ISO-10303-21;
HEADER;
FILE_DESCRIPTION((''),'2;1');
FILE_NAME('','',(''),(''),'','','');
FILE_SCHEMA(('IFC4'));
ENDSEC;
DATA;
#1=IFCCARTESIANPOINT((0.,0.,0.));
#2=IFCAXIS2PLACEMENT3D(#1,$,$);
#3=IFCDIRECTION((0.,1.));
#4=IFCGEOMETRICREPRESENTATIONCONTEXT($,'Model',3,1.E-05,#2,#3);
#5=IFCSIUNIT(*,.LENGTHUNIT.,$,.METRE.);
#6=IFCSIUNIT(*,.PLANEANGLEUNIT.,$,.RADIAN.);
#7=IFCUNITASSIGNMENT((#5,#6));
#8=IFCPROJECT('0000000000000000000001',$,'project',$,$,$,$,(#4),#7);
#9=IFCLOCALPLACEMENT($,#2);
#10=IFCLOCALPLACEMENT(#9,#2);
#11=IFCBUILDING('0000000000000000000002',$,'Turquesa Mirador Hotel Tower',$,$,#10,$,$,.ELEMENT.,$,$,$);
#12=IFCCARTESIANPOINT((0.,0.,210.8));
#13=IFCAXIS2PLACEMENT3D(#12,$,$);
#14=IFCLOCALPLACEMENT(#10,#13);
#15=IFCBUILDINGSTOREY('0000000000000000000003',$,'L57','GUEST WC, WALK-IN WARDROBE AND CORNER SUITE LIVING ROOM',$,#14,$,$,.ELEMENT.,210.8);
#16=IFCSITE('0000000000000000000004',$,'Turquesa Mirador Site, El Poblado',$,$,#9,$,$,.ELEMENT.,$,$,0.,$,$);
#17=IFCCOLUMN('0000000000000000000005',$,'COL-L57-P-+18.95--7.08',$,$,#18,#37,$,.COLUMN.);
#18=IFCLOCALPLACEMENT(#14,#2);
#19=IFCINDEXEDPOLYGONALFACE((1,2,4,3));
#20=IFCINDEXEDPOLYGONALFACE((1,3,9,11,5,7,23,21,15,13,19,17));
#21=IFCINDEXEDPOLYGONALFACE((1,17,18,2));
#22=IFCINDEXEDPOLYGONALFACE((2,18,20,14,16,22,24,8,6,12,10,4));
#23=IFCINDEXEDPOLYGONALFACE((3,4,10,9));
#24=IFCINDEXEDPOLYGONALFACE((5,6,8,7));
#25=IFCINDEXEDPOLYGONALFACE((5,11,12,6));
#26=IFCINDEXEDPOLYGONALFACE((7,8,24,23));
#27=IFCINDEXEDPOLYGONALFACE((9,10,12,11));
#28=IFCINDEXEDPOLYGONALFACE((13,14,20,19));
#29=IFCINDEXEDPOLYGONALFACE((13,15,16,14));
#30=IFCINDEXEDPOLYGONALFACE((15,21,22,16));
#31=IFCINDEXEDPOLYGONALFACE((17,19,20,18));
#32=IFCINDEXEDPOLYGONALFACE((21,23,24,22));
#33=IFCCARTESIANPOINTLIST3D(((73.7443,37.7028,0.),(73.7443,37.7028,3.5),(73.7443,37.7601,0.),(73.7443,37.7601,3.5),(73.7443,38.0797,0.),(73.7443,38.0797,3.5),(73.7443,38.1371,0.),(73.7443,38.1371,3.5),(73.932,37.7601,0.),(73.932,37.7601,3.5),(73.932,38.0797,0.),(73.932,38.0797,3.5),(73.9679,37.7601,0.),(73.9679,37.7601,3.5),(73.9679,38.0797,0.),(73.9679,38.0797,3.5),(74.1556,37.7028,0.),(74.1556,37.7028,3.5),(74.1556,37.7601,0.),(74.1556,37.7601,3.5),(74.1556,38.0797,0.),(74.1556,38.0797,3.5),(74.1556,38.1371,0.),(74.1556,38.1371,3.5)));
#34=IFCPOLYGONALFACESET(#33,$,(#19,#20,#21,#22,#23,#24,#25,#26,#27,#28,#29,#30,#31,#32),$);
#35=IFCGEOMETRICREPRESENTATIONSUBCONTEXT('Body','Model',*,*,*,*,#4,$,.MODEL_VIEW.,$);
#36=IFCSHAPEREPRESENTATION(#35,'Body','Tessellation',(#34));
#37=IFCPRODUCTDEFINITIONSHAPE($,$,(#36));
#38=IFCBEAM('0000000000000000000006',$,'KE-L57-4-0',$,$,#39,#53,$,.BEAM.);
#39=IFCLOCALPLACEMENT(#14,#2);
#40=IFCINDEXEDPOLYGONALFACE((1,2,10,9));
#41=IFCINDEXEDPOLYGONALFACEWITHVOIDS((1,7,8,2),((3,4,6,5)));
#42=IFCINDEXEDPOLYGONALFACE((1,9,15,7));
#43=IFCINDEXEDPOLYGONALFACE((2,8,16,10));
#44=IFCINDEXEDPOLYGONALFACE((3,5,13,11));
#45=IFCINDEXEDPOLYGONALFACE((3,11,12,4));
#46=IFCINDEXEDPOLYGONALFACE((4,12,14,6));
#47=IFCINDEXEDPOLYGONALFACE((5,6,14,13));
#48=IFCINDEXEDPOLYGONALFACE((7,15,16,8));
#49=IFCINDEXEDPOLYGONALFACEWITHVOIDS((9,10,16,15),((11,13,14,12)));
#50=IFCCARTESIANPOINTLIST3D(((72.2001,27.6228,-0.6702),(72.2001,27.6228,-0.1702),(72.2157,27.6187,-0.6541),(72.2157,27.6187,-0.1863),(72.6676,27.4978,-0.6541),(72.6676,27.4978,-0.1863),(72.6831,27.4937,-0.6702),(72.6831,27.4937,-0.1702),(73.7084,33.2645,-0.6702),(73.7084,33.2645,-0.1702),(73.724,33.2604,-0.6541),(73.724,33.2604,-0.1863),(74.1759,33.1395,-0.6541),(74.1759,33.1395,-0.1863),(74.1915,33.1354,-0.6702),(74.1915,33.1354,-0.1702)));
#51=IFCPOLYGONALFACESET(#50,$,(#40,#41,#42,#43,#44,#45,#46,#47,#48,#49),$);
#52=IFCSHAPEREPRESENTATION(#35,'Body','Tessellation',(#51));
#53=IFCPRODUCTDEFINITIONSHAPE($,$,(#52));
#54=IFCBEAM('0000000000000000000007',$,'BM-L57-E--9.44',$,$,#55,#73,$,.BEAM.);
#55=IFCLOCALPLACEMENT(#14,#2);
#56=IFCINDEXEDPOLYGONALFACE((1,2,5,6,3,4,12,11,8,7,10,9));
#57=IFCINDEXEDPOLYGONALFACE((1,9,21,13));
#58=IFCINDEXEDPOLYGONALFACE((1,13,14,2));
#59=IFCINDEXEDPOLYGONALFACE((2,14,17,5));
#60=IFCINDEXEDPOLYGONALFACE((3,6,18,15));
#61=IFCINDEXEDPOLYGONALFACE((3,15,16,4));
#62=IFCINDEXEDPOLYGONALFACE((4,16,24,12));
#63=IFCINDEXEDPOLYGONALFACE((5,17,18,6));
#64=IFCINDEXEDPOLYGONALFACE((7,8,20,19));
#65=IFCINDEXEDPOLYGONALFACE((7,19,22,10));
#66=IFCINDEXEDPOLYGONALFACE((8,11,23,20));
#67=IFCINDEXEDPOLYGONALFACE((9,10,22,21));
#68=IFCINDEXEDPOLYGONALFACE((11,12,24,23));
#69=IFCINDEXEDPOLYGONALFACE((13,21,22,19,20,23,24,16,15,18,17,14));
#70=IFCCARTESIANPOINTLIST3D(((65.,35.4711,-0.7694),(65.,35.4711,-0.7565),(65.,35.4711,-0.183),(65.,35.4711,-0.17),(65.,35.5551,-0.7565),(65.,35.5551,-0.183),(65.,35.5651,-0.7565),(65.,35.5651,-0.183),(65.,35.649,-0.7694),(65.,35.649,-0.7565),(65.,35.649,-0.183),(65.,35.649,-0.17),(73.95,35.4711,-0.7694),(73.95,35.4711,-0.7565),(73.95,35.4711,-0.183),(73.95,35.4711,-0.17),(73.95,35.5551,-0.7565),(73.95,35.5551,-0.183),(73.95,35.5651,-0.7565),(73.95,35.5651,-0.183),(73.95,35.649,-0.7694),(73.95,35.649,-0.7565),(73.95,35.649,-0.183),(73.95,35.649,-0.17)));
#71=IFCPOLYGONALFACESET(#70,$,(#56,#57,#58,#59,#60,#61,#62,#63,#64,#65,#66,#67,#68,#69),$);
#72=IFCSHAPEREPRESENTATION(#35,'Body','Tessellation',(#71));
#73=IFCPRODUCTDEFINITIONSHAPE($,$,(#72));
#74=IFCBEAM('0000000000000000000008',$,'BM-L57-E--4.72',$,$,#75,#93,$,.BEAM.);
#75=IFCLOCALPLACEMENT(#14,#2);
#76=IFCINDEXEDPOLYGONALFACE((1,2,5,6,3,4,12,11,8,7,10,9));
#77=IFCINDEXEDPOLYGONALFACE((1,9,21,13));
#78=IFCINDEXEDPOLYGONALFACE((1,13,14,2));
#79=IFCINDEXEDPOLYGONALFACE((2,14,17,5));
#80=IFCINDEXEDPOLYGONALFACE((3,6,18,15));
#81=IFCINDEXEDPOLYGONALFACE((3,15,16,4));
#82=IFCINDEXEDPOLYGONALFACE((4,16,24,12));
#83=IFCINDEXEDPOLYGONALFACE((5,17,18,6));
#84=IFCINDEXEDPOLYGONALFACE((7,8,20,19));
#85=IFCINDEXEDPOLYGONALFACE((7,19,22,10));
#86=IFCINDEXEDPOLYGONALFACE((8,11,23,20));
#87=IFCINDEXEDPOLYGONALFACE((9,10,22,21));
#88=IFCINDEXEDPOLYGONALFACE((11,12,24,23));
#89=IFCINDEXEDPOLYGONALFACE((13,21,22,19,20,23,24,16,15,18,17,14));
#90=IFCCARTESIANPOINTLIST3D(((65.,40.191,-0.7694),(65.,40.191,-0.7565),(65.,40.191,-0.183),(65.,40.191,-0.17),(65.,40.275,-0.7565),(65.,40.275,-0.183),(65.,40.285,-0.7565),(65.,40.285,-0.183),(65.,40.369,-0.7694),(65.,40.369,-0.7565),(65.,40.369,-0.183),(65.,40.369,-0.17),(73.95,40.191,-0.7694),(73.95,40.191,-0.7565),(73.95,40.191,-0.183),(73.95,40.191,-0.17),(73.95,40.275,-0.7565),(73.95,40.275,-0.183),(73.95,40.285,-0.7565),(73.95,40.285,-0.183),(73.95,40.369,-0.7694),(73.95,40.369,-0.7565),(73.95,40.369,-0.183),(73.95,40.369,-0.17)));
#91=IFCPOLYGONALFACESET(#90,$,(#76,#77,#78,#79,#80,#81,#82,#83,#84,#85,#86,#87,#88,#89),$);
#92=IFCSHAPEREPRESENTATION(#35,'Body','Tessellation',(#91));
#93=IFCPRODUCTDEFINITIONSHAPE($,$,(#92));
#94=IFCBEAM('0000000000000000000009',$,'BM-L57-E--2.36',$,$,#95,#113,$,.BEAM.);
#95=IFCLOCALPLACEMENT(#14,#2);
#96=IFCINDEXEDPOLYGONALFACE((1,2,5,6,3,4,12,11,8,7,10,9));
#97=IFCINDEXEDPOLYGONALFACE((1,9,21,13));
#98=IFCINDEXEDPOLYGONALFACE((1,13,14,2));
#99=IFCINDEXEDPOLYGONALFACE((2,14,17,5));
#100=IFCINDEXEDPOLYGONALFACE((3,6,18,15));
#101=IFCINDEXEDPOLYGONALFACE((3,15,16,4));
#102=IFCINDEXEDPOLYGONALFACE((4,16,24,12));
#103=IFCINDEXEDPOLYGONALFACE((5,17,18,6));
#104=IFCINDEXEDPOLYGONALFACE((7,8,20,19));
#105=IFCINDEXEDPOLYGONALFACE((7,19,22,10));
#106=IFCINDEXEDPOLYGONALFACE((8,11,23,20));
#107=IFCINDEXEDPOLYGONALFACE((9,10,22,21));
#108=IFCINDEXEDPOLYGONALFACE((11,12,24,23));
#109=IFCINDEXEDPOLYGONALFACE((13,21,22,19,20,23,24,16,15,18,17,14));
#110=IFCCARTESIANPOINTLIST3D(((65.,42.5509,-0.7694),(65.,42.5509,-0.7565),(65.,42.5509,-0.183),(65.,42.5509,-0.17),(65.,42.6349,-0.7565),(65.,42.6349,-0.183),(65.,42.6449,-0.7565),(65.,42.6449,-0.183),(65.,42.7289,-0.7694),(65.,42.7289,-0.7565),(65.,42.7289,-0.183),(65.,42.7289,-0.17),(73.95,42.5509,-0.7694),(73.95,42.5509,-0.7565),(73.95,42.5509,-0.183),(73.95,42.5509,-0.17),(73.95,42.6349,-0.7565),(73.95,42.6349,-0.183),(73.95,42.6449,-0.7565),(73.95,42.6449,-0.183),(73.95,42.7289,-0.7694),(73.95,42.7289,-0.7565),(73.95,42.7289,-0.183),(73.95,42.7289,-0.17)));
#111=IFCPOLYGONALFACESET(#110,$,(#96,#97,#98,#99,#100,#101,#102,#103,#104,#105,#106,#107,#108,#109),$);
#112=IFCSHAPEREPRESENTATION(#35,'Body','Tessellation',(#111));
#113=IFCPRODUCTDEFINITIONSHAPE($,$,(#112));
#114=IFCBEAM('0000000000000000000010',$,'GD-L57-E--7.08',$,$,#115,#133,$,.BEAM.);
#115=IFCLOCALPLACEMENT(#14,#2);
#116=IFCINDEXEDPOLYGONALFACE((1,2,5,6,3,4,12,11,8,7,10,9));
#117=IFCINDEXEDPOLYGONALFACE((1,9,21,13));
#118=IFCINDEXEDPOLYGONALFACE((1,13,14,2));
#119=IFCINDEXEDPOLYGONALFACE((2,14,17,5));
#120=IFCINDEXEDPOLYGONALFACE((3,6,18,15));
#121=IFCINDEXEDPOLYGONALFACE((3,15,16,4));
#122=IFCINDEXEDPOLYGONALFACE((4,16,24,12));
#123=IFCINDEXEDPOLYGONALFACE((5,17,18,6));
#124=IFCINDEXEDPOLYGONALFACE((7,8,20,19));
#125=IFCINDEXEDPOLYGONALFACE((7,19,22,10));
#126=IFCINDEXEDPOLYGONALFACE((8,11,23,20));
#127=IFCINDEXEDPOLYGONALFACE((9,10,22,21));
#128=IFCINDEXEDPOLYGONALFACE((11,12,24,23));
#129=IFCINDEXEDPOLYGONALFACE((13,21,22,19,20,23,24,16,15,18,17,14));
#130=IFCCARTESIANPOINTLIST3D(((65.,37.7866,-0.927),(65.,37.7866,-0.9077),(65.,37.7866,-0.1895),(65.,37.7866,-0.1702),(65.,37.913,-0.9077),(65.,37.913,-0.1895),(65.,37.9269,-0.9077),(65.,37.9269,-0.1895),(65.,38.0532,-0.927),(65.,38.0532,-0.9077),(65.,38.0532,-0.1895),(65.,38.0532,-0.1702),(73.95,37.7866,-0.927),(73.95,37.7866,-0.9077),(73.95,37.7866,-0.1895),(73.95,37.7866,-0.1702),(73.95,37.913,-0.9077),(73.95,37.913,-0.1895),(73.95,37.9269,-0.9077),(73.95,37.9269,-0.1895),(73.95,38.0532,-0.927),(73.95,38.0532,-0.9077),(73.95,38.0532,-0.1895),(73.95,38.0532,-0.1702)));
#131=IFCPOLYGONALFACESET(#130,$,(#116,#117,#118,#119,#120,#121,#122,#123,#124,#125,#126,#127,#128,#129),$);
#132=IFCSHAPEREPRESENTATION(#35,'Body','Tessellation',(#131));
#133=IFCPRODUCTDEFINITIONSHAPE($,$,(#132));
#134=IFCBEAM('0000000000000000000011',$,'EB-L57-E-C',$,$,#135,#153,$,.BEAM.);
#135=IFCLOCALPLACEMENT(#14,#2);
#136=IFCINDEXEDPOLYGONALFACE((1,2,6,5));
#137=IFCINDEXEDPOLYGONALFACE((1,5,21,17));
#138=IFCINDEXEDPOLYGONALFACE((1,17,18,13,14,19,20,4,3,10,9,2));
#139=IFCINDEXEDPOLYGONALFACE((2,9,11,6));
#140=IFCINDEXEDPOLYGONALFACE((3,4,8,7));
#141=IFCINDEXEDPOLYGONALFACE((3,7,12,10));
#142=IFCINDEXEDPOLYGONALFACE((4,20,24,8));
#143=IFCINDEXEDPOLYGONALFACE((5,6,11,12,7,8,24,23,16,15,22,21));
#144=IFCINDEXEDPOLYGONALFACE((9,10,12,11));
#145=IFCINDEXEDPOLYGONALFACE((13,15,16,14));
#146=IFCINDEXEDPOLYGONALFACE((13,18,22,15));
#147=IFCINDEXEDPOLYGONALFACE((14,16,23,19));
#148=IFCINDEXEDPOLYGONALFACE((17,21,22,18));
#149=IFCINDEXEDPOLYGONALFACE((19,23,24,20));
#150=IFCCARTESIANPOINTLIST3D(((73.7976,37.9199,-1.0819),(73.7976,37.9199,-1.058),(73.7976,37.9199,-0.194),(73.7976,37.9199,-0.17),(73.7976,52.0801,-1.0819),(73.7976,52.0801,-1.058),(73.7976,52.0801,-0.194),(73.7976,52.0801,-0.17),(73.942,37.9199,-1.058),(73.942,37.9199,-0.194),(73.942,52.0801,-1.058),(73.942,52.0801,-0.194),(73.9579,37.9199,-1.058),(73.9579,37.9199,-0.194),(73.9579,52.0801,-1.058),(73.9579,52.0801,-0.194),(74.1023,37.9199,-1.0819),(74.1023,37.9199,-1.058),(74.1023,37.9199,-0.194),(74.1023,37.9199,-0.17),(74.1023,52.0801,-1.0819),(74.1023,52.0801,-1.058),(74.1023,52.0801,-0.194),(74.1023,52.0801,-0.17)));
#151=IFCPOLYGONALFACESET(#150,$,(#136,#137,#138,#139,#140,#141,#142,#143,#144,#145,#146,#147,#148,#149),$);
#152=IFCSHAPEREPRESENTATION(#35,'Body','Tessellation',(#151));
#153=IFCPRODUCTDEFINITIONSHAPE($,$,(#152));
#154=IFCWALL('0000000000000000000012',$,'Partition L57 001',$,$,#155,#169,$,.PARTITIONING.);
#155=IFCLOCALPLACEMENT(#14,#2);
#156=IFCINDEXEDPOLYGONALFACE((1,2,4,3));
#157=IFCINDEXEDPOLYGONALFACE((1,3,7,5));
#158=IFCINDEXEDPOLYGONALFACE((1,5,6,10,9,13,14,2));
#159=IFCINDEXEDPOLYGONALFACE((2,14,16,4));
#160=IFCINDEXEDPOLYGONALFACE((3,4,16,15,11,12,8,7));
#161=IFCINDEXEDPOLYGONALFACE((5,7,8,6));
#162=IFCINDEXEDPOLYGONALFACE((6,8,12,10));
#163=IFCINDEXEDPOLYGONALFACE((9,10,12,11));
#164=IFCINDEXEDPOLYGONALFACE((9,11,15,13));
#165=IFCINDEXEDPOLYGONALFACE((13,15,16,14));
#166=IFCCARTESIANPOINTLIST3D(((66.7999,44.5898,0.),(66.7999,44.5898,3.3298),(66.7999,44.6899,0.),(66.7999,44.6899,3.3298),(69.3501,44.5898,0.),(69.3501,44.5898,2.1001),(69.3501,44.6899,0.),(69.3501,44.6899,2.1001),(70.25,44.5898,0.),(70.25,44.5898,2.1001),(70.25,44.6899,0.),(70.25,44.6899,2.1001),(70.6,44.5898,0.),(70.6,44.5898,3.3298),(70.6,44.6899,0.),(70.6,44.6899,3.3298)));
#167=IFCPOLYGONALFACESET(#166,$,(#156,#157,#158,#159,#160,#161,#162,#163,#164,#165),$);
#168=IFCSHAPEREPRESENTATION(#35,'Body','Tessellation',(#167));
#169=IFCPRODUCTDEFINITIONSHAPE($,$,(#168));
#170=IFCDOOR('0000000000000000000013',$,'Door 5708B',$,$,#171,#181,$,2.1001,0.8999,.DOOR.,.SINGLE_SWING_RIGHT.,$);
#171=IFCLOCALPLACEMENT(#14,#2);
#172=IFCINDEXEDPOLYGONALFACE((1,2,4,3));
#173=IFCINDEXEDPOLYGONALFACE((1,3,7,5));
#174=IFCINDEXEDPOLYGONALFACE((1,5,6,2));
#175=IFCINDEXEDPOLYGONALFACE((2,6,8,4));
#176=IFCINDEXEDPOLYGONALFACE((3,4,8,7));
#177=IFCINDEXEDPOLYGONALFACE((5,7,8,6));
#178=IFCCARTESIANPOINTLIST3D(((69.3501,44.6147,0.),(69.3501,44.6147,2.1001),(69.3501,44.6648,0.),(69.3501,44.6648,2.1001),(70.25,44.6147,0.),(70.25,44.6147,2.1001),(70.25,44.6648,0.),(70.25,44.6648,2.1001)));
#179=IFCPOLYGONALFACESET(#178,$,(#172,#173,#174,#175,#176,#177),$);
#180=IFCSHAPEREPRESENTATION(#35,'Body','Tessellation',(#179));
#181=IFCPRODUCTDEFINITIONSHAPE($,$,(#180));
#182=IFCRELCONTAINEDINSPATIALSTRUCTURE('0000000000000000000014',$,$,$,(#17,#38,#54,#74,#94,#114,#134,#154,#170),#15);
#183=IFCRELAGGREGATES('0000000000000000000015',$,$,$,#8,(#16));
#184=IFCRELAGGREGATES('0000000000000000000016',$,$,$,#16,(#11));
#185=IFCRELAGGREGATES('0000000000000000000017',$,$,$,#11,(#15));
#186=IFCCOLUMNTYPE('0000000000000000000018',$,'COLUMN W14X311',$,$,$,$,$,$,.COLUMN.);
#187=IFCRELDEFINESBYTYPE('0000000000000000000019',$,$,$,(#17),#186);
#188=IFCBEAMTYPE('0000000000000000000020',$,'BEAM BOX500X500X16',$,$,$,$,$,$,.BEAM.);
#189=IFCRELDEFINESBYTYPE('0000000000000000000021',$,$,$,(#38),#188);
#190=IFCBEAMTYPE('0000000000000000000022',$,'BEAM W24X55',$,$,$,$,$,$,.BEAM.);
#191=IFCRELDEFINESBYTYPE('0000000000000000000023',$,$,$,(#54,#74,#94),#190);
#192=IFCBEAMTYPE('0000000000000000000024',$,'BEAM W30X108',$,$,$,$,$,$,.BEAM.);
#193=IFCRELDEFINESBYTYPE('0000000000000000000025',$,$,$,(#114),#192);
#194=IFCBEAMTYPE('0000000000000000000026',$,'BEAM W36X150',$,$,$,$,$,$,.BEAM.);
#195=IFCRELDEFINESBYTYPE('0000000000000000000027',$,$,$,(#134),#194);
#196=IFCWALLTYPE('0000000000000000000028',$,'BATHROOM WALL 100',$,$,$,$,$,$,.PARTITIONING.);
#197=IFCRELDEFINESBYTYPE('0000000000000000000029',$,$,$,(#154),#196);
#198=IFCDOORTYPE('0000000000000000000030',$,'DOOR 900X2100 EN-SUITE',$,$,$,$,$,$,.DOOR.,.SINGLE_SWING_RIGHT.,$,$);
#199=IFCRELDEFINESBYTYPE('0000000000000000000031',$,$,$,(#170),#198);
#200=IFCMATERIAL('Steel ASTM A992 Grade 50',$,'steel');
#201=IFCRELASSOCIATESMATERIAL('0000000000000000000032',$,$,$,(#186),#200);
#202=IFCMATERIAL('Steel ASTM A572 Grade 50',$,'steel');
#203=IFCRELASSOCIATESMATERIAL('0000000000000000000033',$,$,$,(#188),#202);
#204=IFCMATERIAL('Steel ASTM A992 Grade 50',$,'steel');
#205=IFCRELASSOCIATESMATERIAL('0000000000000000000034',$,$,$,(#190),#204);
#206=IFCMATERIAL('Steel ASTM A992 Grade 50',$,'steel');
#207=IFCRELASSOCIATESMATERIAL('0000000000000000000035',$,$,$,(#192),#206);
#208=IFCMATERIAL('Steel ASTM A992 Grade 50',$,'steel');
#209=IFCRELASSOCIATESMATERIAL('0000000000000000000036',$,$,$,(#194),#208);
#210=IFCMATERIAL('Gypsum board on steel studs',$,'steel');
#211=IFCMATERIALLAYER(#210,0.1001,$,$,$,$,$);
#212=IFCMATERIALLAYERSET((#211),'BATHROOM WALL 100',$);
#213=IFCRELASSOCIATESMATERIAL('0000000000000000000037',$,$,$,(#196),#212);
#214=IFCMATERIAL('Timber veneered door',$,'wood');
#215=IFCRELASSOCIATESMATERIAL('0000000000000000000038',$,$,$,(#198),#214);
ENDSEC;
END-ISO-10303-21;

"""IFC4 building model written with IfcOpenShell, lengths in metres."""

from ifc_helpers import new_model, si_unit, direction, frame, frame_2d, origin, origin_2d, place, context, subcontext, project, spatial, rectangle, hollow_rectangle, i_section, extrude, material, layer, layer_set, material_profile, profile_set, type_object, element, fill, save


model = new_model("IFC4")

# Units and contexts
model_context = context("Model", 3, precision=1e-05, world=origin(), true_north=direction((0.0, 1.0)))
body_context = subcontext(model_context, "Body", "Model", "MODEL_VIEW")
ifc_project = project(units=[si_unit("LENGTHUNIT", "METRE"), si_unit("PLANEANGLEUNIT", "RADIAN")], contexts=[model_context])

# Site, building, storey
site_placement = place(None, origin())
site = spatial("IfcSite", under=ifc_project, at=site_placement, Name="Turquesa Mirador Site, El Poblado", CompositionType="ELEMENT", RefElevation=0.0)
building_placement = place(site_placement, origin())
building = spatial("IfcBuilding", under=site, at=building_placement, Name="Turquesa Mirador Hotel Tower", CompositionType="ELEMENT")
storey_placement = place(building_placement, frame((0.0, 0.0, 210.8)))
storey = spatial("IfcBuildingStorey", under=building, at=storey_placement, Name="L57", Description="GUEST WC, WALK-IN WARDROBE AND CORNER SUITE LIVING ROOM", CompositionType="ELEMENT", Elevation=210.8)

# Column
ifc_material_1 = material(Name="Steel ASTM A992 Grade 50", Category="steel")
ifc_material_profile_1 = material_profile(ifc_material_1, i_section(OverallWidth=0.4114, OverallDepth=0.4343, WebThickness=0.0359, FlangeThickness=0.0574, at=origin_2d()), Name="W14X311")
ifc_profile_set_1 = profile_set([ifc_material_profile_1], Name="Steel ASTM A992 Grade 50")
column_type = type_object("IfcColumnType", Name="COLUMN W14X311", PredefinedType="COLUMN", material=ifc_profile_set_1)
column_placement = place(storey_placement, frame((73.95, 37.9199, 0.0), z_axis=(0.0, 0.0, 1.0), x_axis=(1.0, 0.0, 0.0)))
element("IfcColumn", 1, at=column_placement, inside=storey, type_object=column_type, Name="COL-L57-P-+18.95--7.08", PredefinedType="COLUMN", context=body_context, shape_type="SweptSolid", body=[
    extrude(i_section(OverallWidth=0.4114, OverallDepth=0.4343, WebThickness=0.0359, FlangeThickness=0.0574, at=origin_2d()), origin(), (0.0, 0.0, 1.0), 3.5),
])

# Beams
ifc_material_2 = material(Name="Steel ASTM A572 Grade 50", Category="steel")
ifc_material_profile_2 = material_profile(ifc_material_2, hollow_rectangle(XDim=0.5, YDim=0.5, WallThickness=0.0161, at=origin_2d()), Name="BOX500X500X16")
ifc_profile_set_2 = profile_set([ifc_material_profile_2], Name="Steel ASTM A572 Grade 50")
beam_type_1 = type_object("IfcBeamType", Name="BEAM BOX500X500X16", PredefinedType="BEAM", material=ifc_profile_set_2)
beam_1_placement = place(storey_placement, frame((73.95, 33.2, -0.4202), z_axis=(-0.258282, -0.96607, 0.0), x_axis=(0.96607, -0.258282, 0.0)))
element("IfcBeam", 2, at=beam_1_placement, inside=storey, type_object=beam_type_1, Name="KE-L57-4-0", PredefinedType="BEAM", context=body_context, shape_type="SweptSolid", body=[
    extrude(hollow_rectangle(XDim=0.5, YDim=0.5, WallThickness=0.0161, at=origin_2d()), origin(), (0.0, 0.0, 1.0), 5.8398),
])
ifc_material_3 = material(Name="Steel ASTM A992 Grade 50", Category="steel")
ifc_material_profile_3 = material_profile(ifc_material_3, i_section(OverallWidth=0.178, OverallDepth=0.5994, WebThickness=0.01, FlangeThickness=0.0129, at=origin_2d()), Name="W24X55")
ifc_profile_set_3 = profile_set([ifc_material_profile_3], Name="Steel ASTM A992 Grade 50")
beam_type_2 = type_object("IfcBeamType", Name="BEAM W24X55", PredefinedType="BEAM", material=ifc_profile_set_3)
for number, where, z_axis, x_axis, name in (
    (3, (73.95, 35.5601, -0.4697), (-1.0, 0.0, 0.0), (0.0, -1.0, 0.0), "BM-L57-E--9.44"),
    (4, (73.95, 40.28, -0.4697), (-1.0, 0.0, 0.0), (0.0, -1.0, 0.0), "BM-L57-E--4.72"),
    (5, (73.95, 42.6399, -0.4697), (-1.0, 0.0, 0.0), (0.0, -1.0, 0.0), "BM-L57-E--2.36"),
):
    element("IfcBeam", number, at=place(storey_placement, frame(where, z_axis=z_axis, x_axis=x_axis)), inside=storey, type_object=beam_type_2, Name=name, PredefinedType="BEAM", context=body_context, shape_type="SweptSolid", body=[
        extrude(i_section(OverallWidth=0.178, OverallDepth=0.5994, WebThickness=0.01, FlangeThickness=0.0129, at=origin_2d()), origin(), (0.0, 0.0, 1.0), 8.95),
    ])
ifc_material_4 = material(Name="Steel ASTM A992 Grade 50", Category="steel")
ifc_material_profile_4 = material_profile(ifc_material_4, i_section(OverallWidth=0.2666, OverallDepth=0.7568, WebThickness=0.0139, FlangeThickness=0.0193, at=origin_2d()), Name="W30X108")
ifc_profile_set_4 = profile_set([ifc_material_profile_4], Name="Steel ASTM A992 Grade 50")
beam_type_3 = type_object("IfcBeamType", Name="BEAM W30X108", PredefinedType="BEAM", material=ifc_profile_set_4)
beam_2_placement = place(storey_placement, frame((73.95, 37.9199, -0.5486), z_axis=(-1.0, 0.0, 0.0), x_axis=(0.0, -1.0, 0.0)))
element("IfcBeam", 6, at=beam_2_placement, inside=storey, type_object=beam_type_3, Name="GD-L57-E--7.08", PredefinedType="BEAM", context=body_context, shape_type="SweptSolid", body=[
    extrude(i_section(OverallWidth=0.2666, OverallDepth=0.7568, WebThickness=0.0139, FlangeThickness=0.0193, at=origin_2d()), origin(), (0.0, 0.0, 1.0), 8.95),
])
ifc_material_5 = material(Name="Steel ASTM A992 Grade 50", Category="steel")
ifc_material_profile_5 = material_profile(ifc_material_5, i_section(OverallWidth=0.3047, OverallDepth=0.9119, WebThickness=0.0159, FlangeThickness=0.0239, at=origin_2d()), Name="W36X150")
ifc_profile_set_5 = profile_set([ifc_material_profile_5], Name="Steel ASTM A992 Grade 50")
beam_type_4 = type_object("IfcBeamType", Name="BEAM W36X150", PredefinedType="BEAM", material=ifc_profile_set_5)
beam_3_placement = place(storey_placement, frame((73.95, 37.9199, -0.626), z_axis=(0.0, 1.0, 0.0), x_axis=(-1.0, 0.0, 0.0)))
element("IfcBeam", 7, at=beam_3_placement, inside=storey, type_object=beam_type_4, Name="EB-L57-E-C", PredefinedType="BEAM", context=body_context, shape_type="SweptSolid", body=[
    extrude(i_section(OverallWidth=0.3047, OverallDepth=0.9119, WebThickness=0.0159, FlangeThickness=0.0239, at=origin_2d()), origin(), (0.0, 0.0, 1.0), 14.1602),
])

# Wall, opening, door
ifc_material_6 = material(Name="Gypsum board on steel studs", Category="steel")
ifc_layer_1 = layer(ifc_material_6, 0.1001)
ifc_layer_set_1 = layer_set([ifc_layer_1], Name="BATHROOM WALL 100")
wall_type_1 = type_object("IfcWallType", Name="BATHROOM WALL 100", PredefinedType="PARTITIONING", material=ifc_layer_set_1)
wall_1_placement = place(storey_placement, frame((66.8, 44.6399, 0.0), z_axis=(0.0, 0.0, 1.0), x_axis=(1.0, 0.0, 0.0)))
wall_1 = element("IfcWall", 8, at=wall_1_placement, inside=storey, type_object=wall_type_1, Name="Partition L57 001", PredefinedType="PARTITIONING", context=body_context, shape_type="SweptSolid", body=[
    extrude(rectangle(XDim=3.8, YDim=0.1001, at=frame_2d((1.8999, 0.0))), origin(), (0.0, 0.0, 1.0), 3.3298),
])
opening_1_placement = place(wall_1_placement, frame((2.55, 0.0, 0.0)))
opening_1 = element("IfcOpeningElement", 9, at=opening_1_placement, cuts=wall_1, PredefinedType="OPENING", context=body_context, shape_type="SweptSolid", body=[
    extrude(rectangle(XDim=0.8999, YDim=2.1001, at=frame_2d((0.45, 1.05))), frame((0.0, 0.0601, 0.0), z_axis=(0.0, -1.0, 0.0), x_axis=(1.0, 0.0, 0.0)), (0.0, 0.0, 1.0), 0.1201),
])
ifc_material_7 = material(Name="Timber veneered door", Category="wood")
door_type_1 = type_object("IfcDoorType", Name="DOOR 900X2100 EN-SUITE", OperationType="SINGLE_SWING_RIGHT", PredefinedType="DOOR", material=ifc_material_7)
door_1_placement = place(opening_1_placement, origin())
door_1 = element("IfcDoor", 10, at=door_1_placement, inside=storey, type_object=door_type_1, Name="Door 5708B", OperationType="SINGLE_SWING_RIGHT", OverallHeight=2.1001, OverallWidth=0.8999, PredefinedType="DOOR", context=body_context, shape_type="SweptSolid", body=[
    extrude(rectangle(XDim=0.8999, YDim=2.1001, at=frame_2d((0.45, 1.05))), frame((0.0, 0.0249, 0.0), z_axis=(0.0, -1.0, 0.0), x_axis=(1.0, 0.0, 0.0)), (0.0, 0.0, 1.0), 0.05),
])
fill(opening_1, door_1)

save(model, "model.ifc")
